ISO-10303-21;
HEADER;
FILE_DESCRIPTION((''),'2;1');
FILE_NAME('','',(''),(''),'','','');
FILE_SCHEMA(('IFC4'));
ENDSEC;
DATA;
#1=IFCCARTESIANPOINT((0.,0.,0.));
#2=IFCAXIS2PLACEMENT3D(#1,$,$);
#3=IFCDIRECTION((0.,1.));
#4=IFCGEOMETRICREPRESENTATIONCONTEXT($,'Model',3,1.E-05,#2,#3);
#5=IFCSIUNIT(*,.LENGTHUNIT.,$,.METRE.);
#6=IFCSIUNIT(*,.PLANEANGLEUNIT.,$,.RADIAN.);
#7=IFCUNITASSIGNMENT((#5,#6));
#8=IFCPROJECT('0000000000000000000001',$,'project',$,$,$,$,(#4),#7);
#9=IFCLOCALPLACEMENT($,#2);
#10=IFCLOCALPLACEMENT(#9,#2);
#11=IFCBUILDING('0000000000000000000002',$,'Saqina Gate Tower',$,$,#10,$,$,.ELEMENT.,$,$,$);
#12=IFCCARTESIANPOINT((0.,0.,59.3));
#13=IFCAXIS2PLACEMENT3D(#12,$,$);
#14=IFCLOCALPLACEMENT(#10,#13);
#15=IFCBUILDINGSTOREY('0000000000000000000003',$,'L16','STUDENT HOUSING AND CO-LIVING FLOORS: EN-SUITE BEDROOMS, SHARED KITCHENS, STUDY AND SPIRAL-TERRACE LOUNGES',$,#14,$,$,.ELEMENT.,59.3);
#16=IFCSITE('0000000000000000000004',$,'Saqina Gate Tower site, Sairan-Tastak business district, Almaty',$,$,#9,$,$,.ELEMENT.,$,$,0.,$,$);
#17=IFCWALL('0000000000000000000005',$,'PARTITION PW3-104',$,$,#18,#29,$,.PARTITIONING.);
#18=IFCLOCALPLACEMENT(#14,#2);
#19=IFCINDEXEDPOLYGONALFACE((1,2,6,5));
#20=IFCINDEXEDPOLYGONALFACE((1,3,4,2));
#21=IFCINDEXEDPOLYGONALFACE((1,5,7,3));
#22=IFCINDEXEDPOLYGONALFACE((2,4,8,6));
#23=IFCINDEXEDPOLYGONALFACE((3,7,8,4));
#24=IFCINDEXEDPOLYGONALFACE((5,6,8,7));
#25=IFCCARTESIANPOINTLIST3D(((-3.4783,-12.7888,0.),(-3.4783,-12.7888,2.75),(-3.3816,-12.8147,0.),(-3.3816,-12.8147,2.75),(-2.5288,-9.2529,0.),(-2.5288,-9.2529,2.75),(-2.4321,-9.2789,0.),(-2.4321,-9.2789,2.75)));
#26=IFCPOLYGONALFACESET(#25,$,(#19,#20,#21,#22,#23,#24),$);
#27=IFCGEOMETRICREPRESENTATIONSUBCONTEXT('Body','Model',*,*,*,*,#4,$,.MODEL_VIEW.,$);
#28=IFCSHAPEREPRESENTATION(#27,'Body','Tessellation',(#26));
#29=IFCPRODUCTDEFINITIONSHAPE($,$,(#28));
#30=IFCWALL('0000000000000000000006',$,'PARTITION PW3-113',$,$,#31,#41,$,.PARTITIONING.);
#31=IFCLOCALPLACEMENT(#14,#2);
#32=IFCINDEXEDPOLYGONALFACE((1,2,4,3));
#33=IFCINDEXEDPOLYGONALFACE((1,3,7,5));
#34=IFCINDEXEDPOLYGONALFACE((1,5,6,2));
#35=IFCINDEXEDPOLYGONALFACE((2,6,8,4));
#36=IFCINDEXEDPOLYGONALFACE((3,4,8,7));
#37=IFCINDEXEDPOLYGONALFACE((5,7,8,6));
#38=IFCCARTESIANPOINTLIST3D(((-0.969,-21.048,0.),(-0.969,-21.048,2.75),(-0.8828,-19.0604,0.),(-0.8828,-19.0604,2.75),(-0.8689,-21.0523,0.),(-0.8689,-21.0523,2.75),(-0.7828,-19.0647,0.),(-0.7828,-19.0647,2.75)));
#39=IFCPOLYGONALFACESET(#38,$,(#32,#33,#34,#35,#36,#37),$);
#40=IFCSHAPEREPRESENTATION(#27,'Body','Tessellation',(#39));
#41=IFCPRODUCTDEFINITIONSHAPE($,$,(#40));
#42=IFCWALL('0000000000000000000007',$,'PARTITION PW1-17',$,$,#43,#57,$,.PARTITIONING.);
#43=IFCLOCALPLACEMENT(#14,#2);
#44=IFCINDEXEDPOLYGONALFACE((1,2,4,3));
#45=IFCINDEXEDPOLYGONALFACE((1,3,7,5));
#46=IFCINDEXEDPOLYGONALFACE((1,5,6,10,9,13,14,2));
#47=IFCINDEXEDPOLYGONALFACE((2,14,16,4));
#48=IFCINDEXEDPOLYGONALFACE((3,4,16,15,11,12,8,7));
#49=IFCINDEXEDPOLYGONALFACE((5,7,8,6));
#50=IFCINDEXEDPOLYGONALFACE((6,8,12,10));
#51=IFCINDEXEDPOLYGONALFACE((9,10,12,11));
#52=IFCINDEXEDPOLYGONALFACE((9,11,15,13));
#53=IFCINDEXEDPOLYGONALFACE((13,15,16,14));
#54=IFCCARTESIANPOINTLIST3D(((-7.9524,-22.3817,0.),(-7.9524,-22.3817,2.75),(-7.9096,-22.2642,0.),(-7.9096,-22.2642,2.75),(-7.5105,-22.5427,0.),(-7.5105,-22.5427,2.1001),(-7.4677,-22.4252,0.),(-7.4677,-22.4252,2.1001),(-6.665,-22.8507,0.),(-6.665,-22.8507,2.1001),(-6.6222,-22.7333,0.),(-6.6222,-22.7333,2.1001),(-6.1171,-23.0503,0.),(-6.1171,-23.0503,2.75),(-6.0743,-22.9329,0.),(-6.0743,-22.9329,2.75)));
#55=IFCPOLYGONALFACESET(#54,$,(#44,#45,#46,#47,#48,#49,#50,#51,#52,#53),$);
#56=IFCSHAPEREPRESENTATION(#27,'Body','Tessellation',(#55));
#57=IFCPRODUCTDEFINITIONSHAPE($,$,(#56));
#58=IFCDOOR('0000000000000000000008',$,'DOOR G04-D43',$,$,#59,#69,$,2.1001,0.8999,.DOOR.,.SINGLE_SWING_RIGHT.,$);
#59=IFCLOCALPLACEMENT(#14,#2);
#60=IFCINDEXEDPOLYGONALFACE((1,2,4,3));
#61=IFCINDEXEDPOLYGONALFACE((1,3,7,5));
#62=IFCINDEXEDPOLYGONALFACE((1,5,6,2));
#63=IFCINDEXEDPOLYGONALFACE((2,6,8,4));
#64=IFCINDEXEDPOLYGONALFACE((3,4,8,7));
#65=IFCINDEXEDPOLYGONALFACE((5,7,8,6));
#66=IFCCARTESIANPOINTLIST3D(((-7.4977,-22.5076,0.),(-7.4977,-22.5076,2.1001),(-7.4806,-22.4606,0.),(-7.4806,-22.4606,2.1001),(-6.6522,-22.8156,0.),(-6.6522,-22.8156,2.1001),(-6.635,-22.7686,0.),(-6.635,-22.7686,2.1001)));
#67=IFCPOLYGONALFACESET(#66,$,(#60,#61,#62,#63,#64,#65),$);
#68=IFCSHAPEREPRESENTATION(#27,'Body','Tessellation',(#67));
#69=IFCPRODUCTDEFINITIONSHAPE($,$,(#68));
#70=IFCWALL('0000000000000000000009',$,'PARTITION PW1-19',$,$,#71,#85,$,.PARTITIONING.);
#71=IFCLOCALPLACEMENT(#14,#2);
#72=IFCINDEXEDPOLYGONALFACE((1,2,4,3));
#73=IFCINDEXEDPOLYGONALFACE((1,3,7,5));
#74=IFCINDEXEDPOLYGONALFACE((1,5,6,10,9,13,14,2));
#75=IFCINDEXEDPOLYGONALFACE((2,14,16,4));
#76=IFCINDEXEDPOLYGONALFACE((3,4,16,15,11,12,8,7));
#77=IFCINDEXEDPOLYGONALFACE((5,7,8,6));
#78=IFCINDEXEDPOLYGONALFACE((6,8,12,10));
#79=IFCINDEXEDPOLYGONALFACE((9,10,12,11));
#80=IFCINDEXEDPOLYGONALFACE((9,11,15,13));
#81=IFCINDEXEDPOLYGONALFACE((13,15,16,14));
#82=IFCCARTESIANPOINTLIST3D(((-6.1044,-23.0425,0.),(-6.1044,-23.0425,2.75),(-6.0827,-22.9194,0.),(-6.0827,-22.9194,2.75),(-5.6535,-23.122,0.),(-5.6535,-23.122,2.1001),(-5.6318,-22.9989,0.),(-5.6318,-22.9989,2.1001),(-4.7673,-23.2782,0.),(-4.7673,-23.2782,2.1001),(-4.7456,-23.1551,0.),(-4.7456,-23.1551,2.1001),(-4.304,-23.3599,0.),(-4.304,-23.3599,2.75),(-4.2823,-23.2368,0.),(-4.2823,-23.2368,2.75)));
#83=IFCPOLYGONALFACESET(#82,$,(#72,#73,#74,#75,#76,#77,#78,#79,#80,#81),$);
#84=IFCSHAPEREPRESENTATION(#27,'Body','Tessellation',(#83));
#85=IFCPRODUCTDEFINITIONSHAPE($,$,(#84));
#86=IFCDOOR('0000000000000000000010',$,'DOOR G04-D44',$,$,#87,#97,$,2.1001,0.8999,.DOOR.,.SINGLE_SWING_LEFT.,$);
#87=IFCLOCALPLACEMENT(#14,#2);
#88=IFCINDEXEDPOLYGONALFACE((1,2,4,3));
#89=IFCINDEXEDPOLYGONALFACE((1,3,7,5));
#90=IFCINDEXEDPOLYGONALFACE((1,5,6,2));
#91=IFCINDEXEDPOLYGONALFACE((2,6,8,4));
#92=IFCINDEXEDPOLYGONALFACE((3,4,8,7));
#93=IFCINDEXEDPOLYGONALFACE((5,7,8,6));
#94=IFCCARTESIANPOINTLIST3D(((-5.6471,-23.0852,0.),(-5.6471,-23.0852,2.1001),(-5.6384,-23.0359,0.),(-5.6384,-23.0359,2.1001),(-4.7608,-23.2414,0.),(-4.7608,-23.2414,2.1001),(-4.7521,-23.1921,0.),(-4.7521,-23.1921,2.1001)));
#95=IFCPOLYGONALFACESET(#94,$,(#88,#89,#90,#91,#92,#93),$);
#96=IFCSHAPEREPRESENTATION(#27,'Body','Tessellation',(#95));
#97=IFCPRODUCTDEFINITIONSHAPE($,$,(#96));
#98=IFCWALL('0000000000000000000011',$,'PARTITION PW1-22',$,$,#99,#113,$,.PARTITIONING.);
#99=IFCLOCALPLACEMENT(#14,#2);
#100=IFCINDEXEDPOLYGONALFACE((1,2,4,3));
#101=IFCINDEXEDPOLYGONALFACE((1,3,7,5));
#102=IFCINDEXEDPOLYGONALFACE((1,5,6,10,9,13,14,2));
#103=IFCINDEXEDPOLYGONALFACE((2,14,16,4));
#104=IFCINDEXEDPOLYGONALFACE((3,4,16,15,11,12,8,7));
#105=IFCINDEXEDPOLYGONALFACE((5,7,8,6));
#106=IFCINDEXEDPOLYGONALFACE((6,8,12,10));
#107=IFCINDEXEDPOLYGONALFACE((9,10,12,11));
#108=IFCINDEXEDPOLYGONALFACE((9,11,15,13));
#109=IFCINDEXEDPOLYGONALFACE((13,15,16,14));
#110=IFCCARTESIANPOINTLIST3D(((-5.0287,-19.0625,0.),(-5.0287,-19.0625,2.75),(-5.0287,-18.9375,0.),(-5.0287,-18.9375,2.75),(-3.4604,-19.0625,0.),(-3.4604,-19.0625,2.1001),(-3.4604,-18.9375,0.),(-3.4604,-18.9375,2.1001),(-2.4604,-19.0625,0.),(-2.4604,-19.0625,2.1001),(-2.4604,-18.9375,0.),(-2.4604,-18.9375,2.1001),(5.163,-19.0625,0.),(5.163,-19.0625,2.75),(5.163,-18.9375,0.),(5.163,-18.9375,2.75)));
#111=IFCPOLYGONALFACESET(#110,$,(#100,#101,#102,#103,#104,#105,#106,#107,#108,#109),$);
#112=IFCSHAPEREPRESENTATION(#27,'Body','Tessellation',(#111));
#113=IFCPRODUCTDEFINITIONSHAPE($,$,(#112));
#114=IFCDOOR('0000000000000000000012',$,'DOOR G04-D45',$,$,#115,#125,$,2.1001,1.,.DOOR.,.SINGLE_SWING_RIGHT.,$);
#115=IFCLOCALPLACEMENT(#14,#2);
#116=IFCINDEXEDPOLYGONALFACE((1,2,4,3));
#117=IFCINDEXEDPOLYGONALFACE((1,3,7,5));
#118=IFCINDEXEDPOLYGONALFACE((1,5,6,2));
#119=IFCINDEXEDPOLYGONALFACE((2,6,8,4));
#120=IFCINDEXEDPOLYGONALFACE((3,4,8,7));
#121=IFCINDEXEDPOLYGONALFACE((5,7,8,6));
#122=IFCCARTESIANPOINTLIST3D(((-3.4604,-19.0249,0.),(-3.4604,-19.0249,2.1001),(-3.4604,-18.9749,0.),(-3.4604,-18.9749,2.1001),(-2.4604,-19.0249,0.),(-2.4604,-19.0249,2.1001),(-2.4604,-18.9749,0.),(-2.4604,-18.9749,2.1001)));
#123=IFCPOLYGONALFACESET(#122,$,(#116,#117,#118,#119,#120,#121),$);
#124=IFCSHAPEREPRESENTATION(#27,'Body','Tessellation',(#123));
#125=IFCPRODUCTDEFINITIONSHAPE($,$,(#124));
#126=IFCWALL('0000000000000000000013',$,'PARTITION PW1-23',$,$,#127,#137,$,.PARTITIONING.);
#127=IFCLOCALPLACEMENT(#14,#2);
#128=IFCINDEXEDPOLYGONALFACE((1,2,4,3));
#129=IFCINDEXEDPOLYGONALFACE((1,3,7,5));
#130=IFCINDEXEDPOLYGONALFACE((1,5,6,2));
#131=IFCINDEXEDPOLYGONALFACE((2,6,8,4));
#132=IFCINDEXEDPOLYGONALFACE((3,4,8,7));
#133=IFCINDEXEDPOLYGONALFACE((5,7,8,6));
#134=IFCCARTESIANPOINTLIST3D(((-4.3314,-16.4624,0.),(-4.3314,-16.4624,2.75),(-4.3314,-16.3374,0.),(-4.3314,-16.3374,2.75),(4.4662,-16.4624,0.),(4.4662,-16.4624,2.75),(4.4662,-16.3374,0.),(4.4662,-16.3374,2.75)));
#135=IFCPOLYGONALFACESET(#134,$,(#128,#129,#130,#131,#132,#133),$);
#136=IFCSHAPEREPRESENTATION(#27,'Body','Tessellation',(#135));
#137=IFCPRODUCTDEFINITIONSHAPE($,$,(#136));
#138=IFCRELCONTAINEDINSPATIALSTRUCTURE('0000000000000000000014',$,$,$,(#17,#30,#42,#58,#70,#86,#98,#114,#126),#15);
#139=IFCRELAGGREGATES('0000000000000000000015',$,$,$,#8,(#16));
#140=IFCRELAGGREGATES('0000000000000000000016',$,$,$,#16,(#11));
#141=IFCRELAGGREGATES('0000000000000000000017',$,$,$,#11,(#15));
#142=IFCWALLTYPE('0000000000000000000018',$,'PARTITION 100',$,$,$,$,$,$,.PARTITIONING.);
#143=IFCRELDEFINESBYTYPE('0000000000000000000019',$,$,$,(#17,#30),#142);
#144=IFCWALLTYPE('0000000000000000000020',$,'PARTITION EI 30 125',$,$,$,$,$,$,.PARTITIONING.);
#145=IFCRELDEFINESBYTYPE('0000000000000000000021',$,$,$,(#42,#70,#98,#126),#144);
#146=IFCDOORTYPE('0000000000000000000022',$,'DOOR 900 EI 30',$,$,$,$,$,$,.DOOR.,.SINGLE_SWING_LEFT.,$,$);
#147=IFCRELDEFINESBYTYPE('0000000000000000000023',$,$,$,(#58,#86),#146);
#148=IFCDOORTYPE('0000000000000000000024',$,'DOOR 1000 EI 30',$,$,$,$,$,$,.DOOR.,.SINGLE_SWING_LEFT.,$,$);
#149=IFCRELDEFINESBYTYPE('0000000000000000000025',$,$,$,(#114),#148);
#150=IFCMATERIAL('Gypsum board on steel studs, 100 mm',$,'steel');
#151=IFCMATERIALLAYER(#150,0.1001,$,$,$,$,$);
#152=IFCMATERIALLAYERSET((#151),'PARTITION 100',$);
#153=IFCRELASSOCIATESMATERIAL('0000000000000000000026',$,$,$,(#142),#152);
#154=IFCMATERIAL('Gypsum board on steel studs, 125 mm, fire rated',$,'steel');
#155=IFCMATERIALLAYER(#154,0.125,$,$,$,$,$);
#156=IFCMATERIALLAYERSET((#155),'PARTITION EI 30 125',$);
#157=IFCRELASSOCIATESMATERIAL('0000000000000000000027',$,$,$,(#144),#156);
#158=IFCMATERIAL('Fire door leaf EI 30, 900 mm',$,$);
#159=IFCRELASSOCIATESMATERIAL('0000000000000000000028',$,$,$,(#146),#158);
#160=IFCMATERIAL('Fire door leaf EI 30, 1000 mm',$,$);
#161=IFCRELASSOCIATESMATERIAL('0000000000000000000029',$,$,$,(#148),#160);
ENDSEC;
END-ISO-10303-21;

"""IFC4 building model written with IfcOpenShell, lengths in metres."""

from ifc_helpers import new_model, si_unit, direction, frame, frame_2d, origin, place, context, subcontext, project, spatial, rectangle, extrude, material, layer, layer_set, type_object, element, fill, save


model = new_model("IFC4")

# Units and contexts
model_context = context("Model", 3, precision=1e-05, world=origin(), true_north=direction((0.0, 1.0)))
body_context = subcontext(model_context, "Body", "Model", "MODEL_VIEW")
ifc_project = project(units=[si_unit("LENGTHUNIT", "METRE"), si_unit("PLANEANGLEUNIT", "RADIAN")], contexts=[model_context])

# Site, building, storey
site_placement = place(None, origin())
site = spatial("IfcSite", under=ifc_project, at=site_placement, Name="Saqina Gate Tower site, Sairan-Tastak business district, Almaty", CompositionType="ELEMENT", RefElevation=0.0)
building_placement = place(site_placement, origin())
building = spatial("IfcBuilding", under=site, at=building_placement, Name="Saqina Gate Tower", CompositionType="ELEMENT")
storey_placement = place(building_placement, frame((0.0, 0.0, 59.3)))
storey = spatial("IfcBuildingStorey", under=building, at=storey_placement, Name="L16", Description="STUDENT HOUSING AND CO-LIVING FLOORS: EN-SUITE BEDROOMS, SHARED KITCHENS, STUDY AND SPIRAL-TERRACE LOUNGES", CompositionType="ELEMENT", Elevation=59.3)

# Shared definitions
ifc_material_1 = material(Name="Gypsum board on steel studs, 100 mm", Category="steel")
ifc_layer_1 = layer(ifc_material_1, 0.1001)
ifc_layer_set_1 = layer_set([ifc_layer_1], Name="PARTITION 100")
wall_type_1 = type_object("IfcWallType", Name="PARTITION 100", PredefinedType="PARTITIONING", material=ifc_layer_set_1)

# Walls
wall_1_placement = place(storey_placement, frame((-3.4299, -12.8018, 0.0), z_axis=(0.0, 0.0, 1.0), x_axis=(0.259335, 0.965787, 0.0)))
element("IfcWall", 1, at=wall_1_placement, inside=storey, type_object=wall_type_1, Name="PARTITION PW3-104", PredefinedType="PARTITIONING", context=body_context, shape_type="SweptSolid", body=[
    extrude(rectangle(XDim=3.6611, YDim=0.1001, at=frame_2d((1.8306, 0.0))), origin(), (0.0, 0.0, 1.0), 2.75),
])
wall_2_placement = place(storey_placement, frame((-0.9189, -21.05, 0.0), z_axis=(0.0, 0.0, 1.0), x_axis=(0.04332, 0.999061, 0.0)))
element("IfcWall", 2, at=wall_2_placement, inside=storey, type_object=wall_type_1, Name="PARTITION PW3-113", PredefinedType="PARTITIONING", context=body_context, shape_type="SweptSolid", body=[
    extrude(rectangle(XDim=1.9895, YDim=0.1001, at=frame_2d((0.9946, 0.0))), origin(), (0.0, 0.0, 1.0), 2.75),
])

# Walls, openings, doors
ifc_material_2 = material(Name="Gypsum board on steel studs, 125 mm, fire rated", Category="steel")
ifc_layer_2 = layer(ifc_material_2, 0.125)
ifc_layer_set_2 = layer_set([ifc_layer_2], Name="PARTITION EI 30 125")
wall_type_2 = type_object("IfcWallType", Name="PARTITION EI 30 125", PredefinedType="PARTITIONING", material=ifc_layer_set_2)
wall_3_placement = place(storey_placement, frame((-7.9309, -22.323, 0.0), z_axis=(0.0, 0.0, 1.0), x_axis=(0.939585, -0.342315, 0.0)))
wall_3 = element("IfcWall", 3, at=wall_3_placement, inside=storey, type_object=wall_type_2, Name="PARTITION PW1-17", PredefinedType="PARTITIONING", context=body_context, shape_type="SweptSolid", body=[
    extrude(rectangle(XDim=1.9534, YDim=0.125, at=frame_2d((0.9766, 0.0))), origin(), (0.0, 0.0, 1.0), 2.75),
])
opening_1_placement = place(wall_3_placement, frame((0.4702, 0.0, 0.0)))
opening_1 = element("IfcOpeningElement", 4, at=opening_1_placement, cuts=wall_3, PredefinedType="OPENING", context=body_context, shape_type="SweptSolid", body=[
    extrude(rectangle(XDim=0.8999, YDim=2.1001, at=frame_2d((0.45, 1.05))), frame((0.0, 0.0745, 0.0), z_axis=(0.0, -1.0, 0.0), x_axis=(1.0, 0.0, 0.0)), (0.0, 0.0, 1.0), 0.1489),
])
ifc_material_3 = material(Name="Fire door leaf EI 30, 900 mm")
door_type_1 = type_object("IfcDoorType", Name="DOOR 900 EI 30", OperationType="SINGLE_SWING_LEFT", PredefinedType="DOOR", material=ifc_material_3)
door_1_placement = place(opening_1_placement, origin())
door_1 = element("IfcDoor", 5, at=door_1_placement, inside=storey, type_object=door_type_1, Name="DOOR G04-D43", OperationType="SINGLE_SWING_RIGHT", OverallHeight=2.1001, OverallWidth=0.8999, PredefinedType="DOOR", context=body_context, shape_type="SweptSolid", body=[
    extrude(rectangle(XDim=0.8999, YDim=2.1001, at=frame_2d((0.45, 1.05))), frame((0.0, 0.0249, 0.0), z_axis=(0.0, -1.0, 0.0), x_axis=(1.0, 0.0, 0.0)), (0.0, 0.0, 1.0), 0.05),
])
fill(opening_1, door_1)
wall_4_placement = place(storey_placement, frame((-6.0935, -22.981, 0.0), z_axis=(0.0, 0.0, 1.0), x_axis=(0.984813, -0.173618, 0.0)))
wall_4 = element("IfcWall", 6, at=wall_4_placement, inside=storey, type_object=wall_type_2, Name="PARTITION PW1-19", PredefinedType="PARTITIONING", context=body_context, shape_type="SweptSolid", body=[
    extrude(rectangle(XDim=1.8281, YDim=0.125, at=frame_2d((0.9141, 0.0))), origin(), (0.0, 0.0, 1.0), 2.75),
])
opening_2_placement = place(wall_4_placement, frame((0.4578, 0.0, 0.0)))
opening_2 = element("IfcOpeningElement", 7, at=opening_2_placement, cuts=wall_4, PredefinedType="OPENING", context=body_context, shape_type="SweptSolid", body=[
    extrude(rectangle(XDim=0.8999, YDim=2.1001, at=frame_2d((0.45, 1.05))), frame((0.0, 0.0745, 0.0), z_axis=(0.0, -1.0, 0.0), x_axis=(1.0, 0.0, 0.0)), (0.0, 0.0, 1.0), 0.1489),
])
door_2_placement = place(opening_2_placement, origin())
door_2 = element("IfcDoor", 8, at=door_2_placement, inside=storey, type_object=door_type_1, Name="DOOR G04-D44", OperationType="SINGLE_SWING_LEFT", OverallHeight=2.1001, OverallWidth=0.8999, PredefinedType="DOOR", context=body_context, shape_type="SweptSolid", body=[
    extrude(rectangle(XDim=0.8999, YDim=2.1001, at=frame_2d((0.45, 1.05))), frame((0.0, 0.0249, 0.0), z_axis=(0.0, -1.0, 0.0), x_axis=(1.0, 0.0, 0.0)), (0.0, 0.0, 1.0), 0.05),
])
fill(opening_2, door_2)
wall_5_placement = place(storey_placement, frame((-5.0286, -19.0, 0.0), z_axis=(0.0, 0.0, 1.0), x_axis=(1.0, 0.0, 0.0)))
wall_5 = element("IfcWall", 9, at=wall_5_placement, inside=storey, type_object=wall_type_2, Name="PARTITION PW1-22", PredefinedType="PARTITIONING", context=body_context, shape_type="SweptSolid", body=[
    extrude(rectangle(XDim=10.1917, YDim=0.125, at=frame_2d((5.0957, 0.0))), origin(), (0.0, 0.0, 1.0), 2.75),
])
opening_3_placement = place(wall_5_placement, frame((1.5681, 0.0, 0.0)))
opening_3 = element("IfcOpeningElement", 10, at=opening_3_placement, cuts=wall_5, PredefinedType="OPENING", context=body_context, shape_type="SweptSolid", body=[
    extrude(rectangle(XDim=1.0, YDim=2.1001, at=frame_2d((0.5, 1.05))), frame((0.0, 0.0745, 0.0), z_axis=(0.0, -1.0, 0.0), x_axis=(1.0, 0.0, 0.0)), (0.0, 0.0, 1.0), 0.1489),
])
ifc_material_4 = material(Name="Fire door leaf EI 30, 1000 mm")
door_type_2 = type_object("IfcDoorType", Name="DOOR 1000 EI 30", OperationType="SINGLE_SWING_LEFT", PredefinedType="DOOR", material=ifc_material_4)
door_3_placement = place(opening_3_placement, frame((1.0, 0.0, 0.0), z_axis=(0.0, 0.0, 1.0), x_axis=(-1.0, 0.0, 0.0)))
door_3 = element("IfcDoor", 11, at=door_3_placement, inside=storey, type_object=door_type_2, Name="DOOR G04-D45", OperationType="SINGLE_SWING_RIGHT", OverallHeight=2.1001, OverallWidth=1.0, PredefinedType="DOOR", context=body_context, shape_type="SweptSolid", body=[
    extrude(rectangle(XDim=1.0, YDim=2.1001, at=frame_2d((0.5, 1.05))), frame((0.0, 0.0249, 0.0), z_axis=(0.0, -1.0, 0.0), x_axis=(1.0, 0.0, 0.0)), (0.0, 0.0, 1.0), 0.05),
])
fill(opening_3, door_3)

# Wall
wall_6_placement = place(storey_placement, frame((-4.3315, -16.3999, 0.0), z_axis=(0.0, 0.0, 1.0), x_axis=(1.0, 0.0, 0.0)))
element("IfcWall", 12, at=wall_6_placement, inside=storey, type_object=wall_type_2, Name="PARTITION PW1-23", PredefinedType="PARTITIONING", context=body_context, shape_type="SweptSolid", body=[
    extrude(rectangle(XDim=8.7976, YDim=0.125, at=frame_2d((4.3989, 0.0))), origin(), (0.0, 0.0, 1.0), 2.75),
])

save(model, "model.ifc")
